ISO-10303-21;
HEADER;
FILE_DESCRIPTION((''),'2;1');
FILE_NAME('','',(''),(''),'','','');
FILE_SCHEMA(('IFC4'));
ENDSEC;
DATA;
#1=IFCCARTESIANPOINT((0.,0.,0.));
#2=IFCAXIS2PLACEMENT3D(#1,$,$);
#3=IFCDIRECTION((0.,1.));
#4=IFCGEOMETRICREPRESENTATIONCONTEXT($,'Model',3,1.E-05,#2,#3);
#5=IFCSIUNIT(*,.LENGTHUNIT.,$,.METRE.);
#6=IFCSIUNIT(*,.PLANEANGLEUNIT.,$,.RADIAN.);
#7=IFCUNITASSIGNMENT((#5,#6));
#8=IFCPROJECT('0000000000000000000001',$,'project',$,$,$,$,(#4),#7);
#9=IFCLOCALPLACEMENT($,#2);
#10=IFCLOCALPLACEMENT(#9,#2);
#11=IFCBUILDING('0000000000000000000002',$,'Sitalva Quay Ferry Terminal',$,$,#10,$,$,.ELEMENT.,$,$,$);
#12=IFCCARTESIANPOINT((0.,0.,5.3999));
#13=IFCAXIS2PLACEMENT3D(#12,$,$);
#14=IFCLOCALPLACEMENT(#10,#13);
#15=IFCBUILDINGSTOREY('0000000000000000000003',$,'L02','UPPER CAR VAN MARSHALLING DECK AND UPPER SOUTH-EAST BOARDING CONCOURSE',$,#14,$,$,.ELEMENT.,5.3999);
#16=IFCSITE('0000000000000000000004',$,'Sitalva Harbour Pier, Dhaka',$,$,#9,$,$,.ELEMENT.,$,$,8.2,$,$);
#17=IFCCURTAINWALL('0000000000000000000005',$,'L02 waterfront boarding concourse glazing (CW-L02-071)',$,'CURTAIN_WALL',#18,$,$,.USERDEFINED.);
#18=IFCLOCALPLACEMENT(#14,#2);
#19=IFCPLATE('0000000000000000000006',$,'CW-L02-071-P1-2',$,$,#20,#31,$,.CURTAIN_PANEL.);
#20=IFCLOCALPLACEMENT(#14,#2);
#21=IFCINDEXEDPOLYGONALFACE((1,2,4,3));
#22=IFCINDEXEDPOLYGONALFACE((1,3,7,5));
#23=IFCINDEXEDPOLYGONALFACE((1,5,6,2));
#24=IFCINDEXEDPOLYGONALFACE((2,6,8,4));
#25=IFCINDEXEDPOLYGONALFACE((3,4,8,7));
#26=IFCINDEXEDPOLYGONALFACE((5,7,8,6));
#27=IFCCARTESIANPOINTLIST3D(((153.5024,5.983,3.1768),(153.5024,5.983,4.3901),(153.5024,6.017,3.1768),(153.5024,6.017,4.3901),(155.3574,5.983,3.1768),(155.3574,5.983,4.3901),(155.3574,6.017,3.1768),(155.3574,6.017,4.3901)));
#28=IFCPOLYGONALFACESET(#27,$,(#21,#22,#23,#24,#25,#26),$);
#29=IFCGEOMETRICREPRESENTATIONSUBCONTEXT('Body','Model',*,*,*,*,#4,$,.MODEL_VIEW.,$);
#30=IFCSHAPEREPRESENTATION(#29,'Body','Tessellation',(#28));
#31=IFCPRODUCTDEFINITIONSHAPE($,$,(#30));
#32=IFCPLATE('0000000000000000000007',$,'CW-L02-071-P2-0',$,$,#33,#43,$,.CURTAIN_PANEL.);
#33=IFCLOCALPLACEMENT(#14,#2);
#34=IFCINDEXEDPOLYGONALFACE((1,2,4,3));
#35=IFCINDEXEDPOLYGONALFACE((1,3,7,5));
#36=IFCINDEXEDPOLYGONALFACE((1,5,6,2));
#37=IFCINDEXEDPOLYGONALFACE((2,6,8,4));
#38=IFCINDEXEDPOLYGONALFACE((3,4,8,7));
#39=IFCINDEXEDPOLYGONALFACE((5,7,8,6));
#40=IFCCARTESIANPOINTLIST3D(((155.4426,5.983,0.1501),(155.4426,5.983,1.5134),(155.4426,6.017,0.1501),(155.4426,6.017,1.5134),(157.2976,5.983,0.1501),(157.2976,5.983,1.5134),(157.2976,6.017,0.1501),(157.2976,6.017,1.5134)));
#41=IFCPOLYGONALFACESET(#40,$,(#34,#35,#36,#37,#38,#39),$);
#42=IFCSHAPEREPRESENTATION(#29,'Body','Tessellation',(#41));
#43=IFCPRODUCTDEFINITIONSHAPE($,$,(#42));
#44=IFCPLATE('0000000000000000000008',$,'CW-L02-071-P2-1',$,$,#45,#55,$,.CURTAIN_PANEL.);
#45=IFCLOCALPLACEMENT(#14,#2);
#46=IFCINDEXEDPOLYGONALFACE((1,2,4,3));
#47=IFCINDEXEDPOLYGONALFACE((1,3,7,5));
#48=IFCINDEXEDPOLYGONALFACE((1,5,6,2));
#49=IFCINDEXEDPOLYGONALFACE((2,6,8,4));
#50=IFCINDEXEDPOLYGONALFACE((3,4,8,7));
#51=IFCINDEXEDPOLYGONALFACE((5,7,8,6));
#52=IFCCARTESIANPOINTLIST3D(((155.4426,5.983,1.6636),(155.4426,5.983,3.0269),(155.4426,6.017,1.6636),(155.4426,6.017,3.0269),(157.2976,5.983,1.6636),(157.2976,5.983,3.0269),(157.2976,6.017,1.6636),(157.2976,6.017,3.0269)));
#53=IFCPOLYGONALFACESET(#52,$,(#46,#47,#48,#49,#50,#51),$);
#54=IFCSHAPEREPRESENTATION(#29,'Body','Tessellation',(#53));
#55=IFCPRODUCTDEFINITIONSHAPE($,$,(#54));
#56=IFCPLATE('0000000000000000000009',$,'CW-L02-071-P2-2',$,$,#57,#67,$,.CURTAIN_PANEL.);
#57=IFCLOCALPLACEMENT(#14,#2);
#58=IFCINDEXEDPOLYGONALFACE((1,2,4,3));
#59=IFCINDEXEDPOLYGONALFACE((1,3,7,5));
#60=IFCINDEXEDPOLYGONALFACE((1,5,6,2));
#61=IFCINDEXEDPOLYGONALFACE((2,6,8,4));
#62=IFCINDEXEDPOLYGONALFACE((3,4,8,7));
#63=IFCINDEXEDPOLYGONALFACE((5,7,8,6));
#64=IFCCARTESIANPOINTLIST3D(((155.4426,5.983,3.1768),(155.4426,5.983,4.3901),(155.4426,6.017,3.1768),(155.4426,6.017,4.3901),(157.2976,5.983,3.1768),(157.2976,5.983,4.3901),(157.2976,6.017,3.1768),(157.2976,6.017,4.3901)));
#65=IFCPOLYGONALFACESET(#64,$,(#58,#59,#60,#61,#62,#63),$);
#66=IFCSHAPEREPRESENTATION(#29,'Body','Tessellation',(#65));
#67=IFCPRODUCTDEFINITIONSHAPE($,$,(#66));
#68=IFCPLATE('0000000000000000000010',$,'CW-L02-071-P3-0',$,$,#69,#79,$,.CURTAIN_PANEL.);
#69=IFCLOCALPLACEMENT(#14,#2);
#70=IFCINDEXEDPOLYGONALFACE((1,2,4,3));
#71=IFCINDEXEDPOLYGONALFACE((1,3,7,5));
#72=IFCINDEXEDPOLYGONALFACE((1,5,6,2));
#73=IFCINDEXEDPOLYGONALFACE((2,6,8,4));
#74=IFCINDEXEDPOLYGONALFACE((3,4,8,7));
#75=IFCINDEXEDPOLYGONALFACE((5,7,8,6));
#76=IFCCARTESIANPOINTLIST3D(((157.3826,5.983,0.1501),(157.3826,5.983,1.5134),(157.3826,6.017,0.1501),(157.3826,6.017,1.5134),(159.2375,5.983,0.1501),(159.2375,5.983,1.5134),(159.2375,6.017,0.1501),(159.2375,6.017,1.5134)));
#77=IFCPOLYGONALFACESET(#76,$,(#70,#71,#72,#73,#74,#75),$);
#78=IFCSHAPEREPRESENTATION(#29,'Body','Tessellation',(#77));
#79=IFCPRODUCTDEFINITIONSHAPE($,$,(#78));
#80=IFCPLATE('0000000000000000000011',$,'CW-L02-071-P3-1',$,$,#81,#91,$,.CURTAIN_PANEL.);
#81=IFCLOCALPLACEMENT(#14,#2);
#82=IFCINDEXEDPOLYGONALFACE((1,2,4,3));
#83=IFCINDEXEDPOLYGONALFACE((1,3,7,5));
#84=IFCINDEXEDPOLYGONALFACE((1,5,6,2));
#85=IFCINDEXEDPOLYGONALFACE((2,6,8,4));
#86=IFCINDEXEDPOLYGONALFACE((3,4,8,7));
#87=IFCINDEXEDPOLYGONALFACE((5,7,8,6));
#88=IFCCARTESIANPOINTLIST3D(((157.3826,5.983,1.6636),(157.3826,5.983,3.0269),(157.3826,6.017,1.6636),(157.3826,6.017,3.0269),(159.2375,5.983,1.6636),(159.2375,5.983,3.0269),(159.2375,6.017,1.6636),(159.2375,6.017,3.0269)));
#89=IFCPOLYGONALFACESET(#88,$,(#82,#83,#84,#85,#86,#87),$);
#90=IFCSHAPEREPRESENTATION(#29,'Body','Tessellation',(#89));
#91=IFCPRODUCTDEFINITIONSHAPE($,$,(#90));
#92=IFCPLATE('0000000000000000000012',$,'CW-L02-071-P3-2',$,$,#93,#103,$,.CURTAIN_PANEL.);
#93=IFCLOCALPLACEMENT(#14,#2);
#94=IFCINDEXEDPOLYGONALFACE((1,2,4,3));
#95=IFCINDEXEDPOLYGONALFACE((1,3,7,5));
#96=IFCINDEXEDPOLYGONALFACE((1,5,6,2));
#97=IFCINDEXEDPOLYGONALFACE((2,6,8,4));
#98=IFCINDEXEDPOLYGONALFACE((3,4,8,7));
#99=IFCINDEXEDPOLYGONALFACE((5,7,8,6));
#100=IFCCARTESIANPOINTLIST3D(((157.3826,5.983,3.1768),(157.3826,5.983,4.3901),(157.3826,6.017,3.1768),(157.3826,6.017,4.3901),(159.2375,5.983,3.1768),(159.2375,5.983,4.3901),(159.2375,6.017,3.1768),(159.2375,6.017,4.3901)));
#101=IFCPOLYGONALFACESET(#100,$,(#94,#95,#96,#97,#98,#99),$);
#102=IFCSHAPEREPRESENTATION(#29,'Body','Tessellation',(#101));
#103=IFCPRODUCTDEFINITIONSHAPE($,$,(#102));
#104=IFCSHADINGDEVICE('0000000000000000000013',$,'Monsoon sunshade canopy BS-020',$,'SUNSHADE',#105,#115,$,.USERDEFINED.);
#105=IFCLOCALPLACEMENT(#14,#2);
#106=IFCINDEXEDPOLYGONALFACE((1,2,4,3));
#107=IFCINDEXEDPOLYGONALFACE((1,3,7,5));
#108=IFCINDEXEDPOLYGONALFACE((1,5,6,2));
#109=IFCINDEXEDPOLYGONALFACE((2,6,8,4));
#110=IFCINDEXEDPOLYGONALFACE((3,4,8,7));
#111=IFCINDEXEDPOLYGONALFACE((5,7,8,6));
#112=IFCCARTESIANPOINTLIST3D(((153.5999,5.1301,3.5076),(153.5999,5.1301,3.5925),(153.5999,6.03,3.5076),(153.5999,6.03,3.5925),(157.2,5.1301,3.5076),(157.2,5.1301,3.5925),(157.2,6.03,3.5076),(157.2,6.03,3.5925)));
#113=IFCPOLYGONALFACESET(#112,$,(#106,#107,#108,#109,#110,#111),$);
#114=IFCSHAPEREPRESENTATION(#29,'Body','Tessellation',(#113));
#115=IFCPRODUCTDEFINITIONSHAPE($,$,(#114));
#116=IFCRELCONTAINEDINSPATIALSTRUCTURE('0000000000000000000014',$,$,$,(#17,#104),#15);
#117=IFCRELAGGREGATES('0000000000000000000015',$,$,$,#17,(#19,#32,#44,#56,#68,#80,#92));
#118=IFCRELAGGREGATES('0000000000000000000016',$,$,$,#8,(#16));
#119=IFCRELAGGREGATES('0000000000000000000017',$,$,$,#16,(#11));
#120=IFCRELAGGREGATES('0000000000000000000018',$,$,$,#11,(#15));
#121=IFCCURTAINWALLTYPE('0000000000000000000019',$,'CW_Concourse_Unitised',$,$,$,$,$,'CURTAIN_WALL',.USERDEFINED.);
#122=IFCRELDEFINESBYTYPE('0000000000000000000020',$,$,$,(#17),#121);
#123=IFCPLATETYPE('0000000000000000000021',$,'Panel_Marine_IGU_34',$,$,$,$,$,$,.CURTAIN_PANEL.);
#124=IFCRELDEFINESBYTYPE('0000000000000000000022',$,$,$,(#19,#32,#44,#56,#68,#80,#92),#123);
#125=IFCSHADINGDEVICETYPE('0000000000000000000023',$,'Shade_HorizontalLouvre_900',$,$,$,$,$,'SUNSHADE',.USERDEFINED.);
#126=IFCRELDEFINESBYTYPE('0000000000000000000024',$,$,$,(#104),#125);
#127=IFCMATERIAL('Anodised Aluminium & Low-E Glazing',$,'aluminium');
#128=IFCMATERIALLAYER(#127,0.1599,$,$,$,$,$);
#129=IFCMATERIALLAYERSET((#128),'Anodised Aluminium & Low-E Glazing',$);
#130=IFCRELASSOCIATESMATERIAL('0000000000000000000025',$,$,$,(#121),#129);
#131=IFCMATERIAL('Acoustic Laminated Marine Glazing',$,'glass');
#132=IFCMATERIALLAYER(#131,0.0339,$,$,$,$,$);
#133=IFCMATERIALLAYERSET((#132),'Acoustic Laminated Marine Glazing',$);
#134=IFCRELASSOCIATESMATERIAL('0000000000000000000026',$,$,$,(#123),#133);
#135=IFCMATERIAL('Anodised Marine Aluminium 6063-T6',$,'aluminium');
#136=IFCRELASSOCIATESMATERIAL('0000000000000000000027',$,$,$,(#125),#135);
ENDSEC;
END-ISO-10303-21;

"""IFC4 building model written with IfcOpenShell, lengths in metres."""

from ifc_helpers import new_model, si_unit, direction, frame, origin, origin_2d, place, context, subcontext, project, spatial, rectangle, extrude, material, layer, layer_set, type_object, element, aggregate, save


model = new_model("IFC4")

# Units and contexts
model_context = context("Model", 3, precision=1e-05, world=origin(), true_north=direction((0.0, 1.0)))
body_context = subcontext(model_context, "Body", "Model", "MODEL_VIEW")
ifc_project = project(units=[si_unit("LENGTHUNIT", "METRE"), si_unit("PLANEANGLEUNIT", "RADIAN")], contexts=[model_context])

# Site, building, storey
site_placement = place(None, origin())
site = spatial("IfcSite", under=ifc_project, at=site_placement, Name="Sitalva Harbour Pier, Dhaka", CompositionType="ELEMENT", RefElevation=8.2)
building_placement = place(site_placement, origin())
building = spatial("IfcBuilding", under=site, at=building_placement, Name="Sitalva Quay Ferry Terminal", CompositionType="ELEMENT")
storey_placement = place(building_placement, frame((0.0, 0.0, 5.3999)))
storey = spatial("IfcBuildingStorey", under=building, at=storey_placement, Name="L02", Description="UPPER CAR VAN MARSHALLING DECK AND UPPER SOUTH-EAST BOARDING CONCOURSE", CompositionType="ELEMENT", Elevation=5.3999)

# Curtain wall, plates
ifc_material_1 = material(Name="Anodised Aluminium & Low-E Glazing", Category="aluminium")
ifc_layer_1 = layer(ifc_material_1, 0.1599)
ifc_layer_set_1 = layer_set([ifc_layer_1], Name="Anodised Aluminium & Low-E Glazing")
curtain_wall_type = type_object("IfcCurtainWallType", Name="CW_Concourse_Unitised", ElementType="CURTAIN_WALL", PredefinedType="USERDEFINED", material=ifc_layer_set_1)
curtain_wall_placement = place(storey_placement, origin())
curtain_wall = element("IfcCurtainWall", 1, at=curtain_wall_placement, inside=storey, type_object=curtain_wall_type, Name="L02 waterfront boarding concourse glazing (CW-L02-071)", ObjectType="CURTAIN_WALL", PredefinedType="USERDEFINED")
ifc_material_2 = material(Name="Acoustic Laminated Marine Glazing", Category="glass")
ifc_layer_2 = layer(ifc_material_2, 0.0339)
ifc_layer_set_2 = layer_set([ifc_layer_2], Name="Acoustic Laminated Marine Glazing")
plate_type = type_object("IfcPlateType", Name="Panel_Marine_IGU_34", PredefinedType="CURTAIN_PANEL", material=ifc_layer_set_2)
plate_1_placement = place(storey_placement, frame((154.4299, 6.0, 3.1768), z_axis=(0.0, 0.0, 1.0), x_axis=(1.0, 0.0, 0.0)))
plate_1 = element("IfcPlate", 2, at=plate_1_placement, type_object=plate_type, Name="CW-L02-071-P1-2", PredefinedType="CURTAIN_PANEL", context=body_context, shape_type="SweptSolid", body=[
    extrude(rectangle(XDim=1.855, YDim=0.0339, at=origin_2d()), origin(), (0.0, 0.0, 1.0), 1.2134),
])
plate_2_placement = place(storey_placement, frame((156.3701, 6.0, 0.1501), z_axis=(0.0, 0.0, 1.0), x_axis=(1.0, 0.0, 0.0)))
plate_2 = element("IfcPlate", 3, at=plate_2_placement, type_object=plate_type, Name="CW-L02-071-P2-0", PredefinedType="CURTAIN_PANEL", context=body_context, shape_type="SweptSolid", body=[
    extrude(rectangle(XDim=1.855, YDim=0.0339, at=origin_2d()), origin(), (0.0, 0.0, 1.0), 1.3633),
])
plate_3_placement = place(storey_placement, frame((156.3701, 6.0, 1.6636), z_axis=(0.0, 0.0, 1.0), x_axis=(1.0, 0.0, 0.0)))
plate_3 = element("IfcPlate", 4, at=plate_3_placement, type_object=plate_type, Name="CW-L02-071-P2-1", PredefinedType="CURTAIN_PANEL", context=body_context, shape_type="SweptSolid", body=[
    extrude(rectangle(XDim=1.855, YDim=0.0339, at=origin_2d()), origin(), (0.0, 0.0, 1.0), 1.3633),
])
plate_4_placement = place(storey_placement, frame((156.3701, 6.0, 3.1768), z_axis=(0.0, 0.0, 1.0), x_axis=(1.0, 0.0, 0.0)))
plate_4 = element("IfcPlate", 5, at=plate_4_placement, type_object=plate_type, Name="CW-L02-071-P2-2", PredefinedType="CURTAIN_PANEL", context=body_context, shape_type="SweptSolid", body=[
    extrude(rectangle(XDim=1.855, YDim=0.0339, at=origin_2d()), origin(), (0.0, 0.0, 1.0), 1.2134),
])
plate_5_placement = place(storey_placement, frame((158.3101, 6.0, 0.1501), z_axis=(0.0, 0.0, 1.0), x_axis=(1.0, 0.0, 0.0)))
plate_5 = element("IfcPlate", 6, at=plate_5_placement, type_object=plate_type, Name="CW-L02-071-P3-0", PredefinedType="CURTAIN_PANEL", context=body_context, shape_type="SweptSolid", body=[
    extrude(rectangle(XDim=1.855, YDim=0.0339, at=origin_2d()), origin(), (0.0, 0.0, 1.0), 1.3633),
])
plate_6_placement = place(storey_placement, frame((158.3101, 6.0, 1.6636), z_axis=(0.0, 0.0, 1.0), x_axis=(1.0, 0.0, 0.0)))
plate_6 = element("IfcPlate", 7, at=plate_6_placement, type_object=plate_type, Name="CW-L02-071-P3-1", PredefinedType="CURTAIN_PANEL", context=body_context, shape_type="SweptSolid", body=[
    extrude(rectangle(XDim=1.855, YDim=0.0339, at=origin_2d()), origin(), (0.0, 0.0, 1.0), 1.3633),
])
plate_7_placement = place(storey_placement, frame((158.3101, 6.0, 3.1768), z_axis=(0.0, 0.0, 1.0), x_axis=(1.0, 0.0, 0.0)))
plate_7 = element("IfcPlate", 8, at=plate_7_placement, type_object=plate_type, Name="CW-L02-071-P3-2", PredefinedType="CURTAIN_PANEL", context=body_context, shape_type="SweptSolid", body=[
    extrude(rectangle(XDim=1.855, YDim=0.0339, at=origin_2d()), origin(), (0.0, 0.0, 1.0), 1.2134),
])
aggregate(curtain_wall, [plate_1, plate_2, plate_3, plate_4, plate_5, plate_6, plate_7])

# Shading device
ifc_material_3 = material(Name="Anodised Marine Aluminium 6063-T6", Category="aluminium")
shading_device_type = type_object("IfcShadingDeviceType", Name="Shade_HorizontalLouvre_900", ElementType="SUNSHADE", PredefinedType="USERDEFINED", material=ifc_material_3)
shading_device_placement = place(storey_placement, frame((155.3999, 5.5801, 3.5076), z_axis=(0.0, 0.0, 1.0), x_axis=(1.0, 0.0, 0.0)))
element("IfcShadingDevice", 9, at=shading_device_placement, inside=storey, type_object=shading_device_type, Name="Monsoon sunshade canopy BS-020", ObjectType="SUNSHADE", PredefinedType="USERDEFINED", context=body_context, shape_type="SweptSolid", body=[
    extrude(rectangle(XDim=3.6001, YDim=0.8999, at=origin_2d()), origin(), (0.0, 0.0, 1.0), 0.085),
])

save(model, "model.ifc")
